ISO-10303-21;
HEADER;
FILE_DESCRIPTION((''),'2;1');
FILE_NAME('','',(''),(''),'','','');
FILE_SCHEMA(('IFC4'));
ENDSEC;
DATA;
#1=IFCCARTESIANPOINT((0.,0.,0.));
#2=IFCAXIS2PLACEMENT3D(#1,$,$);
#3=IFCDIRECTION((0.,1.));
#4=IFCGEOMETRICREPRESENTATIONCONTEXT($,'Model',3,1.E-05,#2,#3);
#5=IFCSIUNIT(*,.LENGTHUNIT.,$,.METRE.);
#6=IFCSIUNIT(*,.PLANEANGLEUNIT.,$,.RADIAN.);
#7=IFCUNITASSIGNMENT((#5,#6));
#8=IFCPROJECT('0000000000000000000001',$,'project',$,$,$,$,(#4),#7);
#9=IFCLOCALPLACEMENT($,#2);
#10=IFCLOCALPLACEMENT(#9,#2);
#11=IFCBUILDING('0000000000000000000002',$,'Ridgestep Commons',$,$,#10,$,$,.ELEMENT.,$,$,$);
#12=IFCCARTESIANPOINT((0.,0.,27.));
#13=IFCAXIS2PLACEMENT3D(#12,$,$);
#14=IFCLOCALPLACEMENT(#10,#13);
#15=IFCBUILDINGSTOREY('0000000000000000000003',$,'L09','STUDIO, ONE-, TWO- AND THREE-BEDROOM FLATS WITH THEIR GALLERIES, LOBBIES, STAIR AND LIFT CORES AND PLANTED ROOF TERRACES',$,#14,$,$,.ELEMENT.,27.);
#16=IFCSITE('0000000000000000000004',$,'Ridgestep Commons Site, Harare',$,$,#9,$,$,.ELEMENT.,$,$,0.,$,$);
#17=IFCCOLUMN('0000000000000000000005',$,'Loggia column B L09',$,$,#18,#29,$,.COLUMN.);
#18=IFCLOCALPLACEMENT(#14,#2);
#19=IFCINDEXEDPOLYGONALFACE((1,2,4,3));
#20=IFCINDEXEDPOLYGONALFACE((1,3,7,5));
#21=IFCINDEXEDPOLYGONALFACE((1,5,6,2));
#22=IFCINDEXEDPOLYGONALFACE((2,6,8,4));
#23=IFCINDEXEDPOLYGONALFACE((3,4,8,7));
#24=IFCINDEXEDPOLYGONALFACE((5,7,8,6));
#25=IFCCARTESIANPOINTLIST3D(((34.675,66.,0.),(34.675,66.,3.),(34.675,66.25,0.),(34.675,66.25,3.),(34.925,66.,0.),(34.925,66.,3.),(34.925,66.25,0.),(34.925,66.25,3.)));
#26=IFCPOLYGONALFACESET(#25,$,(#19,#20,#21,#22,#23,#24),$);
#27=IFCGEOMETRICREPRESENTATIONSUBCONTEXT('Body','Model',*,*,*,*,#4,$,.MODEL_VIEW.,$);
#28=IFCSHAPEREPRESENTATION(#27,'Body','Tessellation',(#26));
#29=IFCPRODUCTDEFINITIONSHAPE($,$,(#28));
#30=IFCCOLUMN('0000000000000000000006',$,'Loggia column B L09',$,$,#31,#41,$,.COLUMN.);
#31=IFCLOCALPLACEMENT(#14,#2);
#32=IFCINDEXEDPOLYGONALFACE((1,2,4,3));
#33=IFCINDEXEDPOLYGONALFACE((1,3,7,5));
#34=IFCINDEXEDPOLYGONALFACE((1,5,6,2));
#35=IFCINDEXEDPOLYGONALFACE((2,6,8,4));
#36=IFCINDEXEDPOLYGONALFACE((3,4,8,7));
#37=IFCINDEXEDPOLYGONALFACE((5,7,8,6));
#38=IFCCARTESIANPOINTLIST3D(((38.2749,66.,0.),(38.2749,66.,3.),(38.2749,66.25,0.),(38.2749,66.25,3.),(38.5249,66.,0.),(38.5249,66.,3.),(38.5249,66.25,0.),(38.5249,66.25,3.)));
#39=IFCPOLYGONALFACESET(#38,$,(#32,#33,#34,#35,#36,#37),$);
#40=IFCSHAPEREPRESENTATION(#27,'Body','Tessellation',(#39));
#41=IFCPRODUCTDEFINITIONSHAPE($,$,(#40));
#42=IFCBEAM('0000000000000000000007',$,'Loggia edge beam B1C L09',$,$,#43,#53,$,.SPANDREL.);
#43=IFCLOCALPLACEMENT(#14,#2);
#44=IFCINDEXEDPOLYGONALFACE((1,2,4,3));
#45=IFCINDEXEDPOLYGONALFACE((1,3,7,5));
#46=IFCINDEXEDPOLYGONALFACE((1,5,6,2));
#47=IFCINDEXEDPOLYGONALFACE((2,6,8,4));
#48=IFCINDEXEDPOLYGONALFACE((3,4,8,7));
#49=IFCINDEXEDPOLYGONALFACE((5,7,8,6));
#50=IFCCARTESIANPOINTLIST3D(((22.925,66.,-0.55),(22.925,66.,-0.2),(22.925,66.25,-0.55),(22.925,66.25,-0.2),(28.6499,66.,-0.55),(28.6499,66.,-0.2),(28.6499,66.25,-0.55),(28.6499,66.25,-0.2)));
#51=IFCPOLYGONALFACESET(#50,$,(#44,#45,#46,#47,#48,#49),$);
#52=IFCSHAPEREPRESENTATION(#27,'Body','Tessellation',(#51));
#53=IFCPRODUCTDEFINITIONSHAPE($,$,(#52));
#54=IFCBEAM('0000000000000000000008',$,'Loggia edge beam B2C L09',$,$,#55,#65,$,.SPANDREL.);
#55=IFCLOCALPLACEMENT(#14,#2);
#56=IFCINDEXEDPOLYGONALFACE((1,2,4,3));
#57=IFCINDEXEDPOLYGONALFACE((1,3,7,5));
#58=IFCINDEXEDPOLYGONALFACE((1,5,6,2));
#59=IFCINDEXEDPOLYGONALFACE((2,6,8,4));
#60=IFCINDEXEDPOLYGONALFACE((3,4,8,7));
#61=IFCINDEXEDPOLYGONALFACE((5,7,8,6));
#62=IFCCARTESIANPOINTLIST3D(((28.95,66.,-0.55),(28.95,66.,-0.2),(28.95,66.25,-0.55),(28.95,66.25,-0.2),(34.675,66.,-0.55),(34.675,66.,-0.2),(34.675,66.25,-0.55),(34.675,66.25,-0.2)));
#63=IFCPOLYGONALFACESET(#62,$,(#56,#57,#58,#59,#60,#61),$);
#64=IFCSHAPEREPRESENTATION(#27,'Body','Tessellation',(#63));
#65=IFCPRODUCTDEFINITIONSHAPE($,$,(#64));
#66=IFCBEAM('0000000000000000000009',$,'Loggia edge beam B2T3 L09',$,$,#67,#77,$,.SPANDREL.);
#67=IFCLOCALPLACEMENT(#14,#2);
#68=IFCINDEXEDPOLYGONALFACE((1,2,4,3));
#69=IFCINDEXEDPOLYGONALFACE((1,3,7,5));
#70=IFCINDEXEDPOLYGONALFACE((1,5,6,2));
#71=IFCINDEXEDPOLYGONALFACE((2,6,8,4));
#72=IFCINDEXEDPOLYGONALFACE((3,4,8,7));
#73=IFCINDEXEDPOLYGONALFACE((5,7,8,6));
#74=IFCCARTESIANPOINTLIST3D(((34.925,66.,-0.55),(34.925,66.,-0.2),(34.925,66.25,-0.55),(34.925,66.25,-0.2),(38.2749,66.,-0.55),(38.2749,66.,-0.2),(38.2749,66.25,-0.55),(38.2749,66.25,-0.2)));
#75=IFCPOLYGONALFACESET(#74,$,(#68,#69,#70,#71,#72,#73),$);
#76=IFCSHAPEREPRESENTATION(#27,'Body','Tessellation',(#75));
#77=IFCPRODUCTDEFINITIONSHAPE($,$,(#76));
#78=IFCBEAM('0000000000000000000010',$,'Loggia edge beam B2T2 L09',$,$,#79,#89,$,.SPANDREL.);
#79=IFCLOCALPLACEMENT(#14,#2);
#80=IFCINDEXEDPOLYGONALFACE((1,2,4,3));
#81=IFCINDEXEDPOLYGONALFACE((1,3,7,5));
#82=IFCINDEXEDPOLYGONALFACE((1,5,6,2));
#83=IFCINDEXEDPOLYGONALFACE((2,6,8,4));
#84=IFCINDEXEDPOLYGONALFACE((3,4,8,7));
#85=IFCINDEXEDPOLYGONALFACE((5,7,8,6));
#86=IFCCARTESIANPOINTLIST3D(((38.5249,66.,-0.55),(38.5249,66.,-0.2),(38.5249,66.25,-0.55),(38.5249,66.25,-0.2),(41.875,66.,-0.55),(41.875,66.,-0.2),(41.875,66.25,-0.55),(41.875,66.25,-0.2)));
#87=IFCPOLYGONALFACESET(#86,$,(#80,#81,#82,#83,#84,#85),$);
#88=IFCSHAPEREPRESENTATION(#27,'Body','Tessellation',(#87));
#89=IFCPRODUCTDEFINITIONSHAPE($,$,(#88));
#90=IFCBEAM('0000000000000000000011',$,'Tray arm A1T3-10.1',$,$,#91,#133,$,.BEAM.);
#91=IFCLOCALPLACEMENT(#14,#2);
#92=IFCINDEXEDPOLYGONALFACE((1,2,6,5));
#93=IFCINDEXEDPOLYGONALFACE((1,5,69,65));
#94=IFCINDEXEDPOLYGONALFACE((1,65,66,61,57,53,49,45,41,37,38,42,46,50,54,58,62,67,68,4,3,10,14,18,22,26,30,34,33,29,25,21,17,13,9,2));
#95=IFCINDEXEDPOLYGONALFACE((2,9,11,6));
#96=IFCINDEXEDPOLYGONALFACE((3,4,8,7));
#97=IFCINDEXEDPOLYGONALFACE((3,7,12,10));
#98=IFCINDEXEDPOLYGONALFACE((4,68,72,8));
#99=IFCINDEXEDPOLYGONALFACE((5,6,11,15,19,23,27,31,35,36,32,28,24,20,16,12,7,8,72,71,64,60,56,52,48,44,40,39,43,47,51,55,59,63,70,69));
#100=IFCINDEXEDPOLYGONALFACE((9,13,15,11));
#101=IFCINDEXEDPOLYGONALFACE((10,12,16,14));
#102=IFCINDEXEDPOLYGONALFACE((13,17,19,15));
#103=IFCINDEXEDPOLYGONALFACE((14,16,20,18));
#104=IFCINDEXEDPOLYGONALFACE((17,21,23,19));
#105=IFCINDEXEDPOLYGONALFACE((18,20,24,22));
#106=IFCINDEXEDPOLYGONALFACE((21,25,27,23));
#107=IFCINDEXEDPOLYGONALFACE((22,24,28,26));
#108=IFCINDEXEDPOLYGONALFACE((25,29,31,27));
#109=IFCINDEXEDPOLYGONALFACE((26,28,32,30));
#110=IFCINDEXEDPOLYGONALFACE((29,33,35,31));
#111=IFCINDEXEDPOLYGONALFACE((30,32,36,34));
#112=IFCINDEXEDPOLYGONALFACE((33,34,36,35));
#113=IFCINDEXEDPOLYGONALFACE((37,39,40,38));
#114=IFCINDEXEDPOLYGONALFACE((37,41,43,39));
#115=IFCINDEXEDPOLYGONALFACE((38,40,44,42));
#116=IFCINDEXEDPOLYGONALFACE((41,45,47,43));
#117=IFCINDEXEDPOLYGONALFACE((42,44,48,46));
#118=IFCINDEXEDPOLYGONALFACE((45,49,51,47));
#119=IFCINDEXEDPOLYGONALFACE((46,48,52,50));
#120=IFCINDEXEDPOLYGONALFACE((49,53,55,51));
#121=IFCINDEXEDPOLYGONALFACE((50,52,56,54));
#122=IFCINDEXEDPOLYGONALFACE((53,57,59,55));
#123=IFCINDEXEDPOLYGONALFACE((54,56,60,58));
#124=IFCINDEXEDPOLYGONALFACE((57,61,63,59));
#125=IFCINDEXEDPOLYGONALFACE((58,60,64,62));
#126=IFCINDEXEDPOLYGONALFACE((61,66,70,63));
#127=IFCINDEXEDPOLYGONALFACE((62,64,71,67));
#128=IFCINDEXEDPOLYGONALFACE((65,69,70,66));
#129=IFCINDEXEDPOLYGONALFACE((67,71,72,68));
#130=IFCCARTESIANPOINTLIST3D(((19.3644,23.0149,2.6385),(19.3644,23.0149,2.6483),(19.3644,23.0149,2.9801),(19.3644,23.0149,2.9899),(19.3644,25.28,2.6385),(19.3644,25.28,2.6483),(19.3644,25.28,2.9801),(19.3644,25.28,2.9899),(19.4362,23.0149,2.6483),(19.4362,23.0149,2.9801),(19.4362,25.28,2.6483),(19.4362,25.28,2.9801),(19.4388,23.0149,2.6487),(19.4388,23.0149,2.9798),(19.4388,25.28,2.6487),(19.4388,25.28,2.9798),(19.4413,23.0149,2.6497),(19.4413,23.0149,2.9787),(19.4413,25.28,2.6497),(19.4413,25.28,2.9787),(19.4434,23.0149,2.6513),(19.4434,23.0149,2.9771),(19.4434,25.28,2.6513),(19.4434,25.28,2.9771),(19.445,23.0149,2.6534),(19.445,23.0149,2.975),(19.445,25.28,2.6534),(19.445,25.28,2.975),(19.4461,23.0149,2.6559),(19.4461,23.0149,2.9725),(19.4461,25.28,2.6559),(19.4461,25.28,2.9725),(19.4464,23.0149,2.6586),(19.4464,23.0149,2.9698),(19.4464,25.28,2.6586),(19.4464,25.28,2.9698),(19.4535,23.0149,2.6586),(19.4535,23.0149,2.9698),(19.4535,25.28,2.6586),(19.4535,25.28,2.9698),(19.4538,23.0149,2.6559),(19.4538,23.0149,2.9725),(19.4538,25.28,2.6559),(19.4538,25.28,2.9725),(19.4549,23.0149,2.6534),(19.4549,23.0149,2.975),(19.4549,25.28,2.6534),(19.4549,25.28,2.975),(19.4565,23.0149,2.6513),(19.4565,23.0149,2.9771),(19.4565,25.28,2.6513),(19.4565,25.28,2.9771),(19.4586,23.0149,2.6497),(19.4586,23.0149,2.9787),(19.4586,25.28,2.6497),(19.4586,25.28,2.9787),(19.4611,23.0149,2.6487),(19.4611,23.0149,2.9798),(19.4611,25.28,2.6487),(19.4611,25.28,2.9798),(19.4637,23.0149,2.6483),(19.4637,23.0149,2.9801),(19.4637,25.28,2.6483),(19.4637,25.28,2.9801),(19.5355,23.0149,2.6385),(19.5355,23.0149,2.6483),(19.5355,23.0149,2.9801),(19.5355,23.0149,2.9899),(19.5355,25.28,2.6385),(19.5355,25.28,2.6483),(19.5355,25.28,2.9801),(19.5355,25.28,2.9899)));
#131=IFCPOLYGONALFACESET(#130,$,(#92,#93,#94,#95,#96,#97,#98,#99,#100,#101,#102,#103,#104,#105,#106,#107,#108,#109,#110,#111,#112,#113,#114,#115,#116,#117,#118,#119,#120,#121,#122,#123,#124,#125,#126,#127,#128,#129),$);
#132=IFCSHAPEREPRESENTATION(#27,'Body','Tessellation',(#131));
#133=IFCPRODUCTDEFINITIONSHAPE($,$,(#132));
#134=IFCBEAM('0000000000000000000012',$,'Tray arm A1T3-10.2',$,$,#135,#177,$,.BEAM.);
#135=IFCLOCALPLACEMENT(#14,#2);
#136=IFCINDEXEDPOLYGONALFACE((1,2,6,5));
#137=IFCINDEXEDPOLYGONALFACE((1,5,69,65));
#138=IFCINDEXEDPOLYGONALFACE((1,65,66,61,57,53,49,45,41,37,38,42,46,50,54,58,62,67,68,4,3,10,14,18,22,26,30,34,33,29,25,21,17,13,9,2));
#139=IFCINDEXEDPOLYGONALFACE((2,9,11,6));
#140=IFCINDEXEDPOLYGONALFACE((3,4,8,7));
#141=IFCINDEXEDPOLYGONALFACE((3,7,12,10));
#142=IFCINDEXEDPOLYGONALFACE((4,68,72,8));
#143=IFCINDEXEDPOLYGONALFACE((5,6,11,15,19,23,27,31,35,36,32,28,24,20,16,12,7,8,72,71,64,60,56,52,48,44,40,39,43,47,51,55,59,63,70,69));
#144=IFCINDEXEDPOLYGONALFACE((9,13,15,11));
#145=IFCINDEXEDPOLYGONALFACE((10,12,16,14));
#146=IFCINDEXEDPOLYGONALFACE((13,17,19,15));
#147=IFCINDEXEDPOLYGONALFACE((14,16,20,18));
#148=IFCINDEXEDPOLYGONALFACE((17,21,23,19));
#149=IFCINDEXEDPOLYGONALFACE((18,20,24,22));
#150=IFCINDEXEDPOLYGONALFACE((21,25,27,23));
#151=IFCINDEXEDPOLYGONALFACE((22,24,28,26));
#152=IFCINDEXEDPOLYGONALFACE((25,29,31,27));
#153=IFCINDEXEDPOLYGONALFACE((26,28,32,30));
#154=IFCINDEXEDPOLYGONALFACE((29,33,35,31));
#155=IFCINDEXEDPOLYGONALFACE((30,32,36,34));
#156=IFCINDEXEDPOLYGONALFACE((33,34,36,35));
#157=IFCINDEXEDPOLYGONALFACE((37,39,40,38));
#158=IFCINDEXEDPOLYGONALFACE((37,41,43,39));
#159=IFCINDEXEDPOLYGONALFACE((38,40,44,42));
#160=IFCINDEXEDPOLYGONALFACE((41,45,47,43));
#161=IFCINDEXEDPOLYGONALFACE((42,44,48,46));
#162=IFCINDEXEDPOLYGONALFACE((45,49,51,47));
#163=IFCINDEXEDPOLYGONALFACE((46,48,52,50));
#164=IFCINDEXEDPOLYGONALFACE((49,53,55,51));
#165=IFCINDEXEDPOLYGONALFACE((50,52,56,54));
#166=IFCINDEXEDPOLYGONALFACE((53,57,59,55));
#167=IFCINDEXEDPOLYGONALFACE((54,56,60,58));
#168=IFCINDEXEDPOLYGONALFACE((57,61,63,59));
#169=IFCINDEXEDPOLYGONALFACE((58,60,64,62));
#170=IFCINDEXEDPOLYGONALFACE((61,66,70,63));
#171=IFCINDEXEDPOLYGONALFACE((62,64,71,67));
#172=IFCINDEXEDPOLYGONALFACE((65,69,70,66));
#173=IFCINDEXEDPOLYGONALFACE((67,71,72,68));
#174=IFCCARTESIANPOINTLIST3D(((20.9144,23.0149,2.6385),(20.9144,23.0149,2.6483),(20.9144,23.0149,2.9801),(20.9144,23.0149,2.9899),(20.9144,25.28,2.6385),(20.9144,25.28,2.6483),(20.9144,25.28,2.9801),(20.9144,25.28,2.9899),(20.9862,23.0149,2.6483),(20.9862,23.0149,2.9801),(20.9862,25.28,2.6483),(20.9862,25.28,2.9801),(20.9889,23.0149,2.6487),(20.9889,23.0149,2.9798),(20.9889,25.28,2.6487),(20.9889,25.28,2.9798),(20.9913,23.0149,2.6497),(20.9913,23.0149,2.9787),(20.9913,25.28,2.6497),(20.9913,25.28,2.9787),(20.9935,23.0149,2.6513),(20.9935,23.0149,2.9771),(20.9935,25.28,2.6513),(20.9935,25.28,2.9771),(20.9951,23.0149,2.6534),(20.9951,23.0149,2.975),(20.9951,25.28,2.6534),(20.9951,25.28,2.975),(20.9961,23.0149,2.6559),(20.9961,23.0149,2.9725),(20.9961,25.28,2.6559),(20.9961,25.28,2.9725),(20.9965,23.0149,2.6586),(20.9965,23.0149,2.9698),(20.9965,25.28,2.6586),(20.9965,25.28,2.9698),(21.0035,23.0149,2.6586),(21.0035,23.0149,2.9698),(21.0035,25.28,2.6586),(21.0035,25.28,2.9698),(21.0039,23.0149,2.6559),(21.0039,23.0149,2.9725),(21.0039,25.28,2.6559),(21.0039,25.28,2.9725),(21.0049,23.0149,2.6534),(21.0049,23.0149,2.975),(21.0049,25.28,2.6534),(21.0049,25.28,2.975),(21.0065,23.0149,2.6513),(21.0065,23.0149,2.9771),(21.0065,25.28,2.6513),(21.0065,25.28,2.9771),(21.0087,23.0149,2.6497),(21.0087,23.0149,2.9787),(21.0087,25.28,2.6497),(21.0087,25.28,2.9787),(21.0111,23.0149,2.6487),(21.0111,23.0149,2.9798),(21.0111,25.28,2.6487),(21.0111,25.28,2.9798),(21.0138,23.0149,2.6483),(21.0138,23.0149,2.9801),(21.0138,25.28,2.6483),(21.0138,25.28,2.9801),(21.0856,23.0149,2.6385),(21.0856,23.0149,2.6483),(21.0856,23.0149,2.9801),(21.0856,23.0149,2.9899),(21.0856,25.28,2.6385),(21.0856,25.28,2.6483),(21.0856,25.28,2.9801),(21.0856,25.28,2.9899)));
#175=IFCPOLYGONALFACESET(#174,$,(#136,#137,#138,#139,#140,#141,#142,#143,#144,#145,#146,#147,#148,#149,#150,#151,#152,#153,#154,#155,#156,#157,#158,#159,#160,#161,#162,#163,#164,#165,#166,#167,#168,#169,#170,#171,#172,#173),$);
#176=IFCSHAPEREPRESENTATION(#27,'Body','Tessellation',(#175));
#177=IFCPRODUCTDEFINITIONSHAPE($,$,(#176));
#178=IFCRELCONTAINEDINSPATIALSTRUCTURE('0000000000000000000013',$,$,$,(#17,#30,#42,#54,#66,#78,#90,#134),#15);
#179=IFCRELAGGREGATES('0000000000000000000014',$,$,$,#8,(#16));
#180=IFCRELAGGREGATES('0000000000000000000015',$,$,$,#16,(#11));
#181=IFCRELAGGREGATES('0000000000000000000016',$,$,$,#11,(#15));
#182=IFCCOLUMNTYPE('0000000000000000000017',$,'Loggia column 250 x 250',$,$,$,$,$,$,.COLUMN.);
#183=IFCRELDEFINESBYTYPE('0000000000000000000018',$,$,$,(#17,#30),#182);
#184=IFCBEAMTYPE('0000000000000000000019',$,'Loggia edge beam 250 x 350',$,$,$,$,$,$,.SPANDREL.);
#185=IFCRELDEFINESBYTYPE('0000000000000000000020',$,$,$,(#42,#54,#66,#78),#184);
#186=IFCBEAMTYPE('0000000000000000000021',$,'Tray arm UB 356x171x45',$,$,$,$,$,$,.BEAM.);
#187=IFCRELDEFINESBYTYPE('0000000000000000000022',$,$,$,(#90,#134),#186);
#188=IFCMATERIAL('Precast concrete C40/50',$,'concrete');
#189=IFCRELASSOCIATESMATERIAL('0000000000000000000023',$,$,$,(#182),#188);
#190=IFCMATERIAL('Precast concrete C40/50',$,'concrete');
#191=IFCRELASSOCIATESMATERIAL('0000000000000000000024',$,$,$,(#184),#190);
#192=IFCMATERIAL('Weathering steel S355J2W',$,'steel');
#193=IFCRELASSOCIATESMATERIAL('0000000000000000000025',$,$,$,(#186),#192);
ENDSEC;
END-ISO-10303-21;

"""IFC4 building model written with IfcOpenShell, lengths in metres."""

from ifc_helpers import new_model, si_unit, direction, frame, origin, origin_2d, place, context, subcontext, project, spatial, rectangle, i_section, extrude, material, material_profile, profile_set, type_object, element, save


model = new_model("IFC4")

# Units and contexts
model_context = context("Model", 3, precision=1e-05, world=origin(), true_north=direction((0.0, 1.0)))
body_context = subcontext(model_context, "Body", "Model", "MODEL_VIEW")
ifc_project = project(units=[si_unit("LENGTHUNIT", "METRE"), si_unit("PLANEANGLEUNIT", "RADIAN")], contexts=[model_context])

# Site, building, storey
site_placement = place(None, origin())
site = spatial("IfcSite", under=ifc_project, at=site_placement, Name="Ridgestep Commons Site, Harare", CompositionType="ELEMENT", RefElevation=0.0)
building_placement = place(site_placement, origin())
building = spatial("IfcBuilding", under=site, at=building_placement, Name="Ridgestep Commons", CompositionType="ELEMENT")
storey_placement = place(building_placement, frame((0.0, 0.0, 27.0)))
storey = spatial("IfcBuildingStorey", under=building, at=storey_placement, Name="L09", Description="STUDIO, ONE-, TWO- AND THREE-BEDROOM FLATS WITH THEIR GALLERIES, LOBBIES, STAIR AND LIFT CORES AND PLANTED ROOF TERRACES", CompositionType="ELEMENT", Elevation=27.0)

# Columns
ifc_material_1 = material(Name="Precast concrete C40/50", Category="concrete")
ifc_material_profile_1 = material_profile(ifc_material_1, rectangle(XDim=0.25, YDim=0.25, at=origin_2d()), Name="PC 250x250")
ifc_profile_set_1 = profile_set([ifc_material_profile_1], Name="Precast concrete C40/50")
column_type = type_object("IfcColumnType", Name="Loggia column 250 x 250", PredefinedType="COLUMN", material=ifc_profile_set_1)
for number, where, z_axis, x_axis, name in (
    (1, (34.8, 66.125, 0.0), (0.0, 0.0, 1.0), (1.0, 0.0, 0.0), "Loggia column B L09"),
    (2, (38.3999, 66.125, 0.0), (0.0, 0.0, 1.0), (1.0, 0.0, 0.0), "Loggia column B L09"),
):
    element("IfcColumn", number, at=place(storey_placement, frame(where, z_axis=z_axis, x_axis=x_axis)), inside=storey, type_object=column_type, Name=name, PredefinedType="COLUMN", context=body_context, shape_type="SweptSolid", body=[
        extrude(rectangle(XDim=0.25, YDim=0.25, at=origin_2d()), origin(), (0.0, 0.0, 1.0), 3.0),
    ])

# Beams
ifc_material_2 = material(Name="Precast concrete C40/50", Category="concrete")
ifc_material_profile_2 = material_profile(ifc_material_2, rectangle(XDim=0.25, YDim=0.3501, at=origin_2d()), Name="PC 250x350")
ifc_profile_set_2 = profile_set([ifc_material_profile_2], Name="Precast concrete C40/50")
beam_type_1 = type_object("IfcBeamType", Name="Loggia edge beam 250 x 350", PredefinedType="SPANDREL", material=ifc_profile_set_2)
beam_1_placement = place(storey_placement, frame((22.925, 66.125, -0.375), z_axis=(1.0, 0.0, 0.0), x_axis=(0.0, 1.0, 0.0)))
element("IfcBeam", 3, at=beam_1_placement, inside=storey, type_object=beam_type_1, Name="Loggia edge beam B1C L09", PredefinedType="SPANDREL", context=body_context, shape_type="SweptSolid", body=[
    extrude(rectangle(XDim=0.25, YDim=0.3501, at=origin_2d()), origin(), (0.0, 0.0, 1.0), 5.7249),
])
beam_2_placement = place(storey_placement, frame((28.95, 66.125, -0.375), z_axis=(1.0, 0.0, 0.0), x_axis=(0.0, 1.0, 0.0)))
element("IfcBeam", 4, at=beam_2_placement, inside=storey, type_object=beam_type_1, Name="Loggia edge beam B2C L09", PredefinedType="SPANDREL", context=body_context, shape_type="SweptSolid", body=[
    extrude(rectangle(XDim=0.25, YDim=0.3501, at=origin_2d()), origin(), (0.0, 0.0, 1.0), 5.7251),
])
beam_3_placement = place(storey_placement, frame((34.925, 66.125, -0.375), z_axis=(1.0, 0.0, 0.0), x_axis=(0.0, 1.0, 0.0)))
element("IfcBeam", 5, at=beam_3_placement, inside=storey, type_object=beam_type_1, Name="Loggia edge beam B2T3 L09", PredefinedType="SPANDREL", context=body_context, shape_type="SweptSolid", body=[
    extrude(rectangle(XDim=0.25, YDim=0.3501, at=origin_2d()), origin(), (0.0, 0.0, 1.0), 3.3499),
])
beam_4_placement = place(storey_placement, frame((38.5249, 66.125, -0.375), z_axis=(1.0, 0.0, 0.0), x_axis=(0.0, 1.0, 0.0)))
element("IfcBeam", 6, at=beam_4_placement, inside=storey, type_object=beam_type_1, Name="Loggia edge beam B2T2 L09", PredefinedType="SPANDREL", context=body_context, shape_type="SweptSolid", body=[
    extrude(rectangle(XDim=0.25, YDim=0.3501, at=origin_2d()), origin(), (0.0, 0.0, 1.0), 3.3501),
])
ifc_material_3 = material(Name="Weathering steel S355J2W", Category="steel")
ifc_material_profile_3 = material_profile(ifc_material_3, i_section(OverallWidth=0.1711, OverallDepth=0.3513, WebThickness=0.0071, FlangeThickness=0.0098, FilletRadius=0.0103, at=origin_2d()), Name="UB 356x171x45")
ifc_profile_set_3 = profile_set([ifc_material_profile_3], Name="Weathering steel S355J2W")
beam_type_2 = type_object("IfcBeamType", Name="Tray arm UB 356x171x45", PredefinedType="BEAM", material=ifc_profile_set_3)
for number, where, z_axis, x_axis, name in (
    (7, (19.45, 23.0149, 2.8142), (0.0, 1.0, 0.0), (-1.0, 0.0, 0.0), "Tray arm A1T3-10.1"),
    (8, (21.0, 23.0149, 2.8142), (0.0, 1.0, 0.0), (-1.0, 0.0, 0.0), "Tray arm A1T3-10.2"),
):
    element("IfcBeam", number, at=place(storey_placement, frame(where, z_axis=z_axis, x_axis=x_axis)), inside=storey, type_object=beam_type_2, Name=name, PredefinedType="BEAM", context=body_context, shape_type="SweptSolid", body=[
        extrude(i_section(OverallWidth=0.1711, OverallDepth=0.3513, WebThickness=0.0071, FlangeThickness=0.0098, FilletRadius=0.0103, at=origin_2d()), origin(), (0.0, 0.0, 1.0), 2.2651),
    ])

save(model, "model.ifc")
